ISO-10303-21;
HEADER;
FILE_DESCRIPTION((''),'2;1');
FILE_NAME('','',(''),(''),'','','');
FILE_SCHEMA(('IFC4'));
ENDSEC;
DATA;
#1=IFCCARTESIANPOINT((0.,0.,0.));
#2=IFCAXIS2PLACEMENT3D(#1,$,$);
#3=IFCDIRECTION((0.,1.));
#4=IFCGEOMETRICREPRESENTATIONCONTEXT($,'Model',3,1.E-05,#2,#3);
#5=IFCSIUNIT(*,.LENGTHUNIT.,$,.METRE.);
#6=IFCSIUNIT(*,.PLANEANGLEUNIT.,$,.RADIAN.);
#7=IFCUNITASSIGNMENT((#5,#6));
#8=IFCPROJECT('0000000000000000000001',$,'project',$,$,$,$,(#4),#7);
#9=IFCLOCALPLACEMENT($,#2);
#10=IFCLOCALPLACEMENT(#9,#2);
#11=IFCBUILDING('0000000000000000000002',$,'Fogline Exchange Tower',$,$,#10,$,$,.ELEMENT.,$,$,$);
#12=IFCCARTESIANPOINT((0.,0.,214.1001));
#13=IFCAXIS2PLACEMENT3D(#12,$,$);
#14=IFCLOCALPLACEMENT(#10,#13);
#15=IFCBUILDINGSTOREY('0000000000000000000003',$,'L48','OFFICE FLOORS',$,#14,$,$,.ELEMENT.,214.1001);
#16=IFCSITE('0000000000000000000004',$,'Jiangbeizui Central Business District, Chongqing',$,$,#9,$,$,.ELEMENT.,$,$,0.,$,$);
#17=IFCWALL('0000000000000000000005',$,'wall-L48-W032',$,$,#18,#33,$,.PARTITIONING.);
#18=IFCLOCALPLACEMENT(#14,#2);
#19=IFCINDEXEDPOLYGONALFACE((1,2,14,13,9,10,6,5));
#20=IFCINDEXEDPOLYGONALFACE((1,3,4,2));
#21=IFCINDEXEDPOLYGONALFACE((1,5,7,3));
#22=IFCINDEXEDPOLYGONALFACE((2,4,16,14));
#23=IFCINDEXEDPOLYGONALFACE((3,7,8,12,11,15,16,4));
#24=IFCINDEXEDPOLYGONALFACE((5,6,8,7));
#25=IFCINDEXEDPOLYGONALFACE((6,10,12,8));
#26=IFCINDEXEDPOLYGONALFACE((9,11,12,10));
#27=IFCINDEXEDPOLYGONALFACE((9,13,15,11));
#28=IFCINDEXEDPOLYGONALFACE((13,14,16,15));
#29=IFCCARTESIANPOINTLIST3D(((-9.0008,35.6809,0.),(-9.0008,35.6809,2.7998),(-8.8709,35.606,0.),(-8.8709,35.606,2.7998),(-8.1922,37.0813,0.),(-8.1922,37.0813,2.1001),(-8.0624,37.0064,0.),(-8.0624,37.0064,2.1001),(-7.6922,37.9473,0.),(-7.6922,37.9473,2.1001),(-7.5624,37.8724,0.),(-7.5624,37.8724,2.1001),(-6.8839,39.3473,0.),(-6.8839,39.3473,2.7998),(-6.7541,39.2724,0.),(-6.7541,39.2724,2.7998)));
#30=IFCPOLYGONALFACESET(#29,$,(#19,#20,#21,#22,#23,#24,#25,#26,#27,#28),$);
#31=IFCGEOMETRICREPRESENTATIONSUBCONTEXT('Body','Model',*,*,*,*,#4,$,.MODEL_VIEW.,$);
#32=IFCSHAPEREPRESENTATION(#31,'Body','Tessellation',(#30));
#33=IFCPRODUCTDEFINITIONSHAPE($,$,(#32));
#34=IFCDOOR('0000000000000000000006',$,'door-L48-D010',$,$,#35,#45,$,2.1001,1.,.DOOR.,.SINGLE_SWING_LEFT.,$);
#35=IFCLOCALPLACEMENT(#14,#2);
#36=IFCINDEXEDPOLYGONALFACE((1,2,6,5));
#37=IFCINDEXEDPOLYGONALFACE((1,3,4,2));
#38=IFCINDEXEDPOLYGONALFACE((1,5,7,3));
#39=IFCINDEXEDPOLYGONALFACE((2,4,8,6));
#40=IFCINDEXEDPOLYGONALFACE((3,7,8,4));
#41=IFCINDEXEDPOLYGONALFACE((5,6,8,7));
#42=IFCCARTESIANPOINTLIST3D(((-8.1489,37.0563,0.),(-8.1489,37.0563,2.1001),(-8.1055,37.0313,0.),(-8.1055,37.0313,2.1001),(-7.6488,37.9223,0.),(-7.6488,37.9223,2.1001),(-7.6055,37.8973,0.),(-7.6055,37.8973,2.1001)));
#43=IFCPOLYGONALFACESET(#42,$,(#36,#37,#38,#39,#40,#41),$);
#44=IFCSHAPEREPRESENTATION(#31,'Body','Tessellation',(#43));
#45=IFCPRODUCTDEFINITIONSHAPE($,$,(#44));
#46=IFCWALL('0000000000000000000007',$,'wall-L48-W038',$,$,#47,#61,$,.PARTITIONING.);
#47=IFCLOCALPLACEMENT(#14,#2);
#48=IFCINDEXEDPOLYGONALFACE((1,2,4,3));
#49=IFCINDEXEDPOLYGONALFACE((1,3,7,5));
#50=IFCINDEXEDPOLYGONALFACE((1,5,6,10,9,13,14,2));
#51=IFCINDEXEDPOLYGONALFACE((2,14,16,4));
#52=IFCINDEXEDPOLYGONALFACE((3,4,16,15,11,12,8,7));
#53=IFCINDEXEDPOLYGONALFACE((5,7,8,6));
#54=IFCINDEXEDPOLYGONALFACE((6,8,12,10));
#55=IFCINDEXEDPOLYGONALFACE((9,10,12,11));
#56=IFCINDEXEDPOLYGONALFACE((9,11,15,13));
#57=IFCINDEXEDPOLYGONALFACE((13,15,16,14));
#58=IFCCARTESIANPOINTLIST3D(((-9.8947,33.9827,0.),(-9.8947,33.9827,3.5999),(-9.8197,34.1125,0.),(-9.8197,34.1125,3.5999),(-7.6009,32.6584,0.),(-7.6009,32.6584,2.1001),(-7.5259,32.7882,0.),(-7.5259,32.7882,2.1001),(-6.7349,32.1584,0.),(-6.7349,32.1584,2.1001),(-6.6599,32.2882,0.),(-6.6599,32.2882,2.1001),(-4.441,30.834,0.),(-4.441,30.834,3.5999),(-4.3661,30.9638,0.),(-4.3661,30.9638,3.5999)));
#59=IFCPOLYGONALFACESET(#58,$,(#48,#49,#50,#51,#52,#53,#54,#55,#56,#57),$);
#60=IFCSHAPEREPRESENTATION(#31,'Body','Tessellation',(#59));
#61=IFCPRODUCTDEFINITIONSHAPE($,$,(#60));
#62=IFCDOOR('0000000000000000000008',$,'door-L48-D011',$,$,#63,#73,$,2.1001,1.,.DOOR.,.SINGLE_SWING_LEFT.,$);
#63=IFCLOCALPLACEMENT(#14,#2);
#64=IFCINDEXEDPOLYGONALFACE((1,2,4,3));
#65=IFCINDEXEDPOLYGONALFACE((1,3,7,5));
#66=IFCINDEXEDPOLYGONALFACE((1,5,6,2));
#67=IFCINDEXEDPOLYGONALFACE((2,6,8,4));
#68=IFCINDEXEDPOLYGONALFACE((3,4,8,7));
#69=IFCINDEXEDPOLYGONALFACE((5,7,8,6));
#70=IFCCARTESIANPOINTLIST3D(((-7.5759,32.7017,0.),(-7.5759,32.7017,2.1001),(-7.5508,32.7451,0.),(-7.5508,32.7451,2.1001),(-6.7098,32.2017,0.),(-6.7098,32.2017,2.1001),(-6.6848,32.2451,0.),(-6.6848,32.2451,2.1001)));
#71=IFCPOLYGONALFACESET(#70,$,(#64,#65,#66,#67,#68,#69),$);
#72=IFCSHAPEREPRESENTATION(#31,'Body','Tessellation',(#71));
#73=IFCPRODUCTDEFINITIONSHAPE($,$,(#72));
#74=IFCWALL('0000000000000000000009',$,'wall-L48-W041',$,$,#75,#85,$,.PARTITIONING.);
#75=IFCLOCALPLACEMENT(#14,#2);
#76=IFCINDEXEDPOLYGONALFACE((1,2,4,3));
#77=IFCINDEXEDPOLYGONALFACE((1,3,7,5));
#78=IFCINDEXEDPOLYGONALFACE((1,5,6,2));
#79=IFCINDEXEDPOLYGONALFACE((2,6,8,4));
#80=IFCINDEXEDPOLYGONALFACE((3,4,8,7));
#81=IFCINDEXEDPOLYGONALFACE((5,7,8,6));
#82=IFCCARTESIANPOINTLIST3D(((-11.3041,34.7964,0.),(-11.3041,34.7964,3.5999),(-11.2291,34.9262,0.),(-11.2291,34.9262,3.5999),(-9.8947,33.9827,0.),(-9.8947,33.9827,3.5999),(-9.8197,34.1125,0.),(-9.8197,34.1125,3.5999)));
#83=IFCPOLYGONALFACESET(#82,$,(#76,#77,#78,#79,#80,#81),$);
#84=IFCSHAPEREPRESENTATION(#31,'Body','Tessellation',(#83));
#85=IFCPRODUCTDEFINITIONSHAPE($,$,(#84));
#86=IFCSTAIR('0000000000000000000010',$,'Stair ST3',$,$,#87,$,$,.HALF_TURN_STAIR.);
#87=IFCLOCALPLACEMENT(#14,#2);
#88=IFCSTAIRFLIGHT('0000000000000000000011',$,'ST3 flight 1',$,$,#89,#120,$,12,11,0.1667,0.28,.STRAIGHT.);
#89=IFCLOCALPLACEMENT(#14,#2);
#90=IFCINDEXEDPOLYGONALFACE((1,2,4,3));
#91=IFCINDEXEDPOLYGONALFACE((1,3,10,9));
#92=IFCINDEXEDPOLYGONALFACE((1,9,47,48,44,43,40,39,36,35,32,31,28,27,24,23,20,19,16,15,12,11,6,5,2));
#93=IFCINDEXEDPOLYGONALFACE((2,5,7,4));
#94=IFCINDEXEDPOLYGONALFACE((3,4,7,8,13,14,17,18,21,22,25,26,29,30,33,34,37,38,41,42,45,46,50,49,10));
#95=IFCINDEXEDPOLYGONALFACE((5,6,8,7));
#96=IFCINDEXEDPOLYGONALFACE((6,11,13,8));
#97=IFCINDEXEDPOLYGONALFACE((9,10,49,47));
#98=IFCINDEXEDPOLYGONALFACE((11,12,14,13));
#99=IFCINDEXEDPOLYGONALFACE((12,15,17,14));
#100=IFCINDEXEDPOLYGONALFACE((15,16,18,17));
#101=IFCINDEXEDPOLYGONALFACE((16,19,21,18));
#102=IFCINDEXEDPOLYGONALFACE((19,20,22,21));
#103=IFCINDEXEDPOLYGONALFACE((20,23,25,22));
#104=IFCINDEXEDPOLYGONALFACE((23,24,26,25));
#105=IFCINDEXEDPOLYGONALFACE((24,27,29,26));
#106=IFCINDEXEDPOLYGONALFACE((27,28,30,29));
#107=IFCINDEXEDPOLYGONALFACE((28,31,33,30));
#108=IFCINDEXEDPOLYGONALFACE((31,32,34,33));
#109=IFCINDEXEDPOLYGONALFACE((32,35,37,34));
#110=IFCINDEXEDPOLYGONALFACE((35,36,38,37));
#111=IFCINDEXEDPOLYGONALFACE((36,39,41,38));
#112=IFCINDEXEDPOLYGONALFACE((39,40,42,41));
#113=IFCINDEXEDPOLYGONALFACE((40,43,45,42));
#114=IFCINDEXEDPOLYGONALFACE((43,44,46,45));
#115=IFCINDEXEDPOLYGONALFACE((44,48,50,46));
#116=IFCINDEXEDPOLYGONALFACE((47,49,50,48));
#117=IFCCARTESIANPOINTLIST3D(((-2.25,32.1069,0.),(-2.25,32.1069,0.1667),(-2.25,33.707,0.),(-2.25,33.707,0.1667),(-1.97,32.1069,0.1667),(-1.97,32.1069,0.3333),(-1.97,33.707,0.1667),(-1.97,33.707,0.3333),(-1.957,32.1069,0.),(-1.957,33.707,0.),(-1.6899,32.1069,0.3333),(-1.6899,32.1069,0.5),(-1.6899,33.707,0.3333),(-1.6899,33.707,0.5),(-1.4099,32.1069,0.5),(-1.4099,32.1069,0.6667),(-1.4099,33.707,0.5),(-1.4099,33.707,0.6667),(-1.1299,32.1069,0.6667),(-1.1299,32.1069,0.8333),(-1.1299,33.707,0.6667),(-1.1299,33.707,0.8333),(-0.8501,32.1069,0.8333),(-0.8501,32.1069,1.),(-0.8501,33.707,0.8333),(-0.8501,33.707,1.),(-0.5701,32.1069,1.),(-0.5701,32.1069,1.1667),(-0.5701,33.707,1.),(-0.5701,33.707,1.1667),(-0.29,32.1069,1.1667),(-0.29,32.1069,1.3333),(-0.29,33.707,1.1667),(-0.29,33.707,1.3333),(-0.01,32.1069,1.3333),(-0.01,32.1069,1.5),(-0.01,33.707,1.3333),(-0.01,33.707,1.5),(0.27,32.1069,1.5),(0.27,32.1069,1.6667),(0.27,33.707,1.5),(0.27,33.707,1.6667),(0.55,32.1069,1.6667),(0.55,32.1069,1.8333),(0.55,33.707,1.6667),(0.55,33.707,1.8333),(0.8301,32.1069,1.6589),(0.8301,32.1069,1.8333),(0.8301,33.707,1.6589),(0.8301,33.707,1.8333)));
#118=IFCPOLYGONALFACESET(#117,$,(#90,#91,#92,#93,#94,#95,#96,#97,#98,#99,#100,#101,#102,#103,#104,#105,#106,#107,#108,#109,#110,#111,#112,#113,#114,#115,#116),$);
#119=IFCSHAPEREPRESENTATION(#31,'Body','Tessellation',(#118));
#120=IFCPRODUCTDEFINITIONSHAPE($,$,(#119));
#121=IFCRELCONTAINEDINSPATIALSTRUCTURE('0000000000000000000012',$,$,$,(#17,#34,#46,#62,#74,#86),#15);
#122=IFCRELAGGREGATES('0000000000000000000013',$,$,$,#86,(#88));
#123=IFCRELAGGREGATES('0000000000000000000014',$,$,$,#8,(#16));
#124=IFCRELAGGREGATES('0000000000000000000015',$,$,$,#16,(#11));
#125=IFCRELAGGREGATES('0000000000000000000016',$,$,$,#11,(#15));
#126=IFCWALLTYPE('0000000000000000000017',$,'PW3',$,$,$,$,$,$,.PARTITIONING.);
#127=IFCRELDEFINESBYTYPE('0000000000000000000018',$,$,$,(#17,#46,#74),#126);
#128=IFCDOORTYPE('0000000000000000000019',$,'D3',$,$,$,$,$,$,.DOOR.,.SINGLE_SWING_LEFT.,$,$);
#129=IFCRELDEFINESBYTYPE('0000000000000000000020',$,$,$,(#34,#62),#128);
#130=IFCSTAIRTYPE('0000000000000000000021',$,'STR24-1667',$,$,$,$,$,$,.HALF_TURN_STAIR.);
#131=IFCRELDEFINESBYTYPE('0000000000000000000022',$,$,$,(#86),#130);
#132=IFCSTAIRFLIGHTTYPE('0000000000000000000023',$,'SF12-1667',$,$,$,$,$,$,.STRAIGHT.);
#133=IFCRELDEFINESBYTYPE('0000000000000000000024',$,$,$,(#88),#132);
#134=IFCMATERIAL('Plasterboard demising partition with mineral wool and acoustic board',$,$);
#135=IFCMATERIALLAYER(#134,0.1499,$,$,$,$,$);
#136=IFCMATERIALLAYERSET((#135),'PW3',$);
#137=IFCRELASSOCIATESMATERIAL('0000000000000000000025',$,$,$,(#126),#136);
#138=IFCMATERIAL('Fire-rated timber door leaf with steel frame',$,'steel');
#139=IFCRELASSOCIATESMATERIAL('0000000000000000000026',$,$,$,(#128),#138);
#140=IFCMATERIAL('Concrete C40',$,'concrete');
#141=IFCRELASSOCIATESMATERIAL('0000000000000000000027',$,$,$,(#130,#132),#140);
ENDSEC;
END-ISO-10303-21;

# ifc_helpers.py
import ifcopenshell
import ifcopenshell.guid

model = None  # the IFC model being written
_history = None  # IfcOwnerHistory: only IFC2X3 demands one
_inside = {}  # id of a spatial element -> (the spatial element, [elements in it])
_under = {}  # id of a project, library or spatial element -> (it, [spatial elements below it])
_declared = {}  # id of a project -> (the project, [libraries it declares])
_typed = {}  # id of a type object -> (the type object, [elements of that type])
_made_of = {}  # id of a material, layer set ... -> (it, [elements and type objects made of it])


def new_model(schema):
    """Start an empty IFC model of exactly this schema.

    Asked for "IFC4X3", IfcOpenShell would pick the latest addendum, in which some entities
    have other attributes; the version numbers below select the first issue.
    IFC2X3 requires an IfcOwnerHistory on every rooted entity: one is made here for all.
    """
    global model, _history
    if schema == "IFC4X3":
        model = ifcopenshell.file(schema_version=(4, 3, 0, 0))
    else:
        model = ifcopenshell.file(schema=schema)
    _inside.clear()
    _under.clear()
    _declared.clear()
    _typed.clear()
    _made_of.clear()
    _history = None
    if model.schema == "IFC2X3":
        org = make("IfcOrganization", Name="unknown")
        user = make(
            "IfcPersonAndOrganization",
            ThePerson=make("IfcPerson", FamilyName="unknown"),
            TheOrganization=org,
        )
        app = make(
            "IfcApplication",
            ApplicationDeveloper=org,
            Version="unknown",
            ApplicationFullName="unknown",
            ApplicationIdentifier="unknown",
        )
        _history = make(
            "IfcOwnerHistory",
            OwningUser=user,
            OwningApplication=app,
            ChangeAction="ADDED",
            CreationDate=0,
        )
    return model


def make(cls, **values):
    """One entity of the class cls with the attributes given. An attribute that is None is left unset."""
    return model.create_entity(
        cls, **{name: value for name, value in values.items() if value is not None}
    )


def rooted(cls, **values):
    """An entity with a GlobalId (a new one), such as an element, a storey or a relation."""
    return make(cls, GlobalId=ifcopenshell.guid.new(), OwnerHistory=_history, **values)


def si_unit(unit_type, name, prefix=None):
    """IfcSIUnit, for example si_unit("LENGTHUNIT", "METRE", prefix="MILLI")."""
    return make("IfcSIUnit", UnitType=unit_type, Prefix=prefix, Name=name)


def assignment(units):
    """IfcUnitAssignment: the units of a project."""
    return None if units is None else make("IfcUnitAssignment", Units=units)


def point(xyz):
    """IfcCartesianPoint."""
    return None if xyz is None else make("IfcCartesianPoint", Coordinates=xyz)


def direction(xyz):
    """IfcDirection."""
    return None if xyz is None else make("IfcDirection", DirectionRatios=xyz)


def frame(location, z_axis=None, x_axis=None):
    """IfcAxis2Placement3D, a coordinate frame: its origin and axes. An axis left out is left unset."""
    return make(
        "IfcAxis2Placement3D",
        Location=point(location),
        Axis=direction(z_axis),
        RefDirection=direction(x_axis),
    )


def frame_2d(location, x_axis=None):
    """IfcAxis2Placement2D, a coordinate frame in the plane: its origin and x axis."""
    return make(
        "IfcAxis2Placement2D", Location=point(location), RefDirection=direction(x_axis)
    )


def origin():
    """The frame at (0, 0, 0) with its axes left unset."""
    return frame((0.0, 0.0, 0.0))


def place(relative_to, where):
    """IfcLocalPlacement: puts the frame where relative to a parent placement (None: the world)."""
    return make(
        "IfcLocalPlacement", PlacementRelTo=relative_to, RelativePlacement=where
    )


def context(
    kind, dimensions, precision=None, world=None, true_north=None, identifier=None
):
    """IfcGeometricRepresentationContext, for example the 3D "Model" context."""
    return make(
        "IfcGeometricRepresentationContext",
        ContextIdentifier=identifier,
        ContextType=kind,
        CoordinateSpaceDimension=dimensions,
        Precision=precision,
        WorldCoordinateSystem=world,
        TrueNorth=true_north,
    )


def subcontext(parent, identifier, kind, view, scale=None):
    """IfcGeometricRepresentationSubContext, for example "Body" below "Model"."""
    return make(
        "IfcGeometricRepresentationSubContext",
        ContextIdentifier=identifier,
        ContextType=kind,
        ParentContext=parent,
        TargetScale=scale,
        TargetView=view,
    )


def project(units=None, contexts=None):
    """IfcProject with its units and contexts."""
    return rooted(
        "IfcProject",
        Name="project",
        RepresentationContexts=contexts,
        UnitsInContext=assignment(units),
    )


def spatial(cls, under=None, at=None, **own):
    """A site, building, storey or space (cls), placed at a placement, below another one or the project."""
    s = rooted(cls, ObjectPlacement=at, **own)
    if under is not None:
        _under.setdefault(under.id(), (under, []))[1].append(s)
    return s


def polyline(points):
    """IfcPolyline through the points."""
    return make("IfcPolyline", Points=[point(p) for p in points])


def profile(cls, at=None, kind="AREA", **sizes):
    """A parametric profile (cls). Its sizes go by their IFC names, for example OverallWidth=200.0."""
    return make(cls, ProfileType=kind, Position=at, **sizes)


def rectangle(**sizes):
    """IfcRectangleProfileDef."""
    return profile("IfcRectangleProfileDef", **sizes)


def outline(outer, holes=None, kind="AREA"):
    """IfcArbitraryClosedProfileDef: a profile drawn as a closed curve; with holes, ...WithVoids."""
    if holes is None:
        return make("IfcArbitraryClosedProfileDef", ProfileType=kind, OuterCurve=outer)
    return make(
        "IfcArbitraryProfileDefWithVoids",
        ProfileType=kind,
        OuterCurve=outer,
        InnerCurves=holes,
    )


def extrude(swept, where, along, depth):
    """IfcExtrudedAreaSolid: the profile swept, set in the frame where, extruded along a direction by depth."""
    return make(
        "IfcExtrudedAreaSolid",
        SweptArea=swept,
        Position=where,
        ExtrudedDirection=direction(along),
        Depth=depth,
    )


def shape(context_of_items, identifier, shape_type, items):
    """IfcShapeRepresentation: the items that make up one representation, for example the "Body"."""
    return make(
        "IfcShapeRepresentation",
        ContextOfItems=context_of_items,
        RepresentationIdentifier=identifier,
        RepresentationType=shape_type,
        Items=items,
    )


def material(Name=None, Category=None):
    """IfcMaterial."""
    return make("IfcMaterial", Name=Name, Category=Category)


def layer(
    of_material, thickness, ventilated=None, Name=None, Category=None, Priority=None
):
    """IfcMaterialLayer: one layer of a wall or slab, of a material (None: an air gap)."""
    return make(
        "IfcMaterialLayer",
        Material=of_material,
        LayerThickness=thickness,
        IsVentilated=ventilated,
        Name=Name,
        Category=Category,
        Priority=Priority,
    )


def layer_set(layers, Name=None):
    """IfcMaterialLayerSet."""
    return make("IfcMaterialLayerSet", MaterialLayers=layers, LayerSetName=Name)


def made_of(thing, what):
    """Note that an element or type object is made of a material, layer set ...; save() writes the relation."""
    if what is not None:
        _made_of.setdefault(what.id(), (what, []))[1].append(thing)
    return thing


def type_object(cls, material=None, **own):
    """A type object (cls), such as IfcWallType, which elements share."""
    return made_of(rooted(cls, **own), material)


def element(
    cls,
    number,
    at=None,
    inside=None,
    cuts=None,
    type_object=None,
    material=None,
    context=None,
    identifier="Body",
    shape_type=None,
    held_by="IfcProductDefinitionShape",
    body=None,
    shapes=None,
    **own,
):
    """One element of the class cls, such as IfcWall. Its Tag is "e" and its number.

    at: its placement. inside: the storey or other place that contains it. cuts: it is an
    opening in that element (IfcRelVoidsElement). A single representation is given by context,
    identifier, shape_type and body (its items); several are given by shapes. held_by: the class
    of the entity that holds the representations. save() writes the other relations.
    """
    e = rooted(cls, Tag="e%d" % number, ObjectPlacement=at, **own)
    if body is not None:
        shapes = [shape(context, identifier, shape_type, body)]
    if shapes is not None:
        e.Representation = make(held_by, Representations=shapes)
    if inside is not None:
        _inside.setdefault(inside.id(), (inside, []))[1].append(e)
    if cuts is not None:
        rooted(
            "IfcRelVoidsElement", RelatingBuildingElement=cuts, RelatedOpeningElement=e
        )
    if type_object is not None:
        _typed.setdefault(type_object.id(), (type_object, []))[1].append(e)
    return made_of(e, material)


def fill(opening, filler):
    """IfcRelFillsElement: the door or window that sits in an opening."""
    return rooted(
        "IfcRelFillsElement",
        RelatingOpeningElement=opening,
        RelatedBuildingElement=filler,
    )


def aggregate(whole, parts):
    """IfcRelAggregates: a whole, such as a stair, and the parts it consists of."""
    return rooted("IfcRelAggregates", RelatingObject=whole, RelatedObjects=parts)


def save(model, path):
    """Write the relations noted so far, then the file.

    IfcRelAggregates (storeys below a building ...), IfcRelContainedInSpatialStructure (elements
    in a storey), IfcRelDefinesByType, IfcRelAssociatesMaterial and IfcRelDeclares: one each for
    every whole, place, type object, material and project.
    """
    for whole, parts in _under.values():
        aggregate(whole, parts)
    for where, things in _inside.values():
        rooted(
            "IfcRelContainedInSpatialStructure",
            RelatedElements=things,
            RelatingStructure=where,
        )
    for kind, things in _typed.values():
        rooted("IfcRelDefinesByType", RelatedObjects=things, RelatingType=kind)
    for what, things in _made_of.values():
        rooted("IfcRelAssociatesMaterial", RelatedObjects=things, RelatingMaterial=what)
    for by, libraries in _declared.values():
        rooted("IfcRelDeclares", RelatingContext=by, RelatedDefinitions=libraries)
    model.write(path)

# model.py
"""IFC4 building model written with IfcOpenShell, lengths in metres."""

from ifc_helpers import new_model, si_unit, direction, frame, frame_2d, origin, place, context, subcontext, project, spatial, polyline, rectangle, outline, extrude, material, layer, layer_set, type_object, element, fill, aggregate, save


model = new_model("IFC4")

# Units and contexts
model_context = context("Model", 3, precision=1e-05, world=origin(), true_north=direction((0.0, 1.0)))
body_context = subcontext(model_context, "Body", "Model", "MODEL_VIEW")
ifc_project = project(units=[si_unit("LENGTHUNIT", "METRE"), si_unit("PLANEANGLEUNIT", "RADIAN")], contexts=[model_context])

# Site, building, storey
site_placement = place(None, origin())
site = spatial("IfcSite", under=ifc_project, at=site_placement, Name="Jiangbeizui Central Business District, Chongqing", CompositionType="ELEMENT", RefElevation=0.0)
building_placement = place(site_placement, origin())
building = spatial("IfcBuilding", under=site, at=building_placement, Name="Fogline Exchange Tower", CompositionType="ELEMENT")
storey_placement = place(building_placement, frame((0.0, 0.0, 214.1001)))
storey = spatial("IfcBuildingStorey", under=building, at=storey_placement, Name="L48", Description="OFFICE FLOORS", CompositionType="ELEMENT", Elevation=214.1001)

# Shared definitions
ifc_material_1 = material(Name="Concrete C40", Category="concrete")

# Shared definitions
ifc_material_2 = material(Name="Plasterboard demising partition with mineral wool and acoustic board")
ifc_layer_1 = layer(ifc_material_2, 0.1499)
ifc_layer_set_1 = layer_set([ifc_layer_1], Name="PW3")
wall_type_1 = type_object("IfcWallType", Name="PW3", PredefinedType="PARTITIONING", material=ifc_layer_set_1)

# Walls, openings, doors
wall_1_placement = place(storey_placement, frame((-8.9358, 35.6436, 0.0), z_axis=(0.0, 0.0, 1.0), x_axis=(0.500015, 0.866017, 0.0)))
wall_1 = element("IfcWall", 1, at=wall_1_placement, inside=storey, type_object=wall_type_1, Name="wall-L48-W032", PredefinedType="PARTITIONING", context=body_context, shape_type="SweptSolid", body=[
    extrude(rectangle(XDim=4.2336, YDim=0.1499, at=frame_2d((2.1167, 0.0))), origin(), (0.0, 0.0, 1.0), 2.7998),
])
opening_1_placement = place(wall_1_placement, frame((1.6169, 0.0, 0.0)))
opening_1 = element("IfcOpeningElement", 2, at=opening_1_placement, cuts=wall_1, PredefinedType="OPENING", context=body_context, shape_type="SweptSolid", body=[
    extrude(rectangle(XDim=1.0, YDim=2.1001, at=frame_2d((0.5, 1.05))), frame((0.0, 0.085, 0.0), z_axis=(0.0, -1.0, 0.0), x_axis=(1.0, 0.0, 0.0)), (0.0, 0.0, 1.0), 0.1699),
])
ifc_material_3 = material(Name="Fire-rated timber door leaf with steel frame", Category="steel")
door_type_1 = type_object("IfcDoorType", Name="D3", OperationType="SINGLE_SWING_LEFT", PredefinedType="DOOR", material=ifc_material_3)
door_1_placement = place(opening_1_placement, origin())
door_1 = element("IfcDoor", 3, at=door_1_placement, inside=storey, type_object=door_type_1, Name="door-L48-D010", OperationType="SINGLE_SWING_LEFT", OverallHeight=2.1001, OverallWidth=1.0, PredefinedType="DOOR", context=body_context, shape_type="SweptSolid", body=[
    extrude(rectangle(XDim=1.0, YDim=2.1001, at=frame_2d((0.5, 1.05))), frame((0.0, 0.0249, 0.0), z_axis=(0.0, -1.0, 0.0), x_axis=(1.0, 0.0, 0.0)), (0.0, 0.0, 1.0), 0.05),
])
fill(opening_1, door_1)
wall_2_placement = place(storey_placement, frame((-4.4036, 30.8989, 0.0), z_axis=(0.0, 0.0, 1.0), x_axis=(-0.866023, 0.500004, 0.0)))
wall_2 = element("IfcWall", 4, at=wall_2_placement, inside=storey, type_object=wall_type_1, Name="wall-L48-W038", PredefinedType="PARTITIONING", context=body_context, shape_type="SweptSolid", body=[
    extrude(rectangle(XDim=6.2974, YDim=0.1499, at=frame_2d((3.1487, 0.0))), origin(), (0.0, 0.0, 1.0), 3.5999),
])
opening_2_placement = place(wall_2_placement, frame((2.6487, 0.0, 0.0)))
opening_2 = element("IfcOpeningElement", 5, at=opening_2_placement, cuts=wall_2, PredefinedType="OPENING", context=body_context, shape_type="SweptSolid", body=[
    extrude(rectangle(XDim=1.0, YDim=2.1001, at=frame_2d((0.5, 1.05))), frame((0.0, 0.085, 0.0), z_axis=(0.0, -1.0, 0.0), x_axis=(1.0, 0.0, 0.0)), (0.0, 0.0, 1.0), 0.1699),
])
door_2_placement = place(opening_2_placement, origin())
door_2 = element("IfcDoor", 6, at=door_2_placement, inside=storey, type_object=door_type_1, Name="door-L48-D011", OperationType="SINGLE_SWING_LEFT", OverallHeight=2.1001, OverallWidth=1.0, PredefinedType="DOOR", context=body_context, shape_type="SweptSolid", body=[
    extrude(rectangle(XDim=1.0, YDim=2.1001, at=frame_2d((0.5, 1.05))), frame((0.0, 0.0249, 0.0), z_axis=(0.0, -1.0, 0.0), x_axis=(1.0, 0.0, 0.0)), (0.0, 0.0, 1.0), 0.05),
])
fill(opening_2, door_2)

# Wall
wall_3_placement = place(storey_placement, frame((-9.8572, 34.0476, 0.0), z_axis=(0.0, 0.0, 1.0), x_axis=(-0.866028, 0.499995, 0.0)))
element("IfcWall", 7, at=wall_3_placement, inside=storey, type_object=wall_type_1, Name="wall-L48-W041", PredefinedType="PARTITIONING", context=body_context, shape_type="SweptSolid", body=[
    extrude(rectangle(XDim=1.6274, YDim=0.1499, at=frame_2d((0.8137, 0.0))), origin(), (0.0, 0.0, 1.0), 3.5999),
])

# Stair, stair flight
stair_type = type_object("IfcStairType", Name="STR24-1667", PredefinedType="HALF_TURN_STAIR", material=ifc_material_1)
stair_placement = place(storey_placement, origin())
stair = element("IfcStair", 8, at=stair_placement, inside=storey, type_object=stair_type, Name="Stair ST3", PredefinedType="HALF_TURN_STAIR")
stair_flight_type = type_object("IfcStairFlightType", Name="SF12-1667", PredefinedType="STRAIGHT", material=ifc_material_1)
stair_flight_placement = place(storey_placement, frame((-2.25, 32.907, 0.0), z_axis=(0.0, 0.0, 1.0), x_axis=(1.0, 0.0, 0.0)))
stair_flight = element("IfcStairFlight", 9, at=stair_flight_placement, type_object=stair_flight_type, Name="ST3 flight 1", NumberOfRisers=12, NumberOfTreads=11, PredefinedType="STRAIGHT", RiserHeight=0.1667, TreadLength=0.28, context=body_context, shape_type="SweptSolid", body=[
    extrude(outline(polyline([(0.0, 0.0), (0.0, 0.1667), (0.28, 0.1667), (0.28, 0.3333), (0.5601, 0.3333), (0.5601, 0.5), (0.8401, 0.5), (0.8401, 0.6667), (1.1201, 0.6667), (1.1201, 0.8333), (1.3999, 0.8333), (1.3999, 1.0), (1.6799, 1.0), (1.6799, 1.1667), (1.96, 1.1667), (1.96, 1.3333), (2.24, 1.3333), (2.24, 1.5), (2.52, 1.5), (2.52, 1.6667), (2.8, 1.6667), (2.8, 1.8333), (3.0801, 1.8333), (3.0801, 2.0), (3.0801, 1.6589), (0.293, 0.0), (0.0, 0.0)])), frame((0.0, 0.8, 0.0), z_axis=(0.0, -1.0, 0.0), x_axis=(1.0, 0.0, 0.0)), (0.0, 0.0, 1.0), 1.6001),
])
aggregate(stair, [stair_flight])

save(model, "model.ifc")
